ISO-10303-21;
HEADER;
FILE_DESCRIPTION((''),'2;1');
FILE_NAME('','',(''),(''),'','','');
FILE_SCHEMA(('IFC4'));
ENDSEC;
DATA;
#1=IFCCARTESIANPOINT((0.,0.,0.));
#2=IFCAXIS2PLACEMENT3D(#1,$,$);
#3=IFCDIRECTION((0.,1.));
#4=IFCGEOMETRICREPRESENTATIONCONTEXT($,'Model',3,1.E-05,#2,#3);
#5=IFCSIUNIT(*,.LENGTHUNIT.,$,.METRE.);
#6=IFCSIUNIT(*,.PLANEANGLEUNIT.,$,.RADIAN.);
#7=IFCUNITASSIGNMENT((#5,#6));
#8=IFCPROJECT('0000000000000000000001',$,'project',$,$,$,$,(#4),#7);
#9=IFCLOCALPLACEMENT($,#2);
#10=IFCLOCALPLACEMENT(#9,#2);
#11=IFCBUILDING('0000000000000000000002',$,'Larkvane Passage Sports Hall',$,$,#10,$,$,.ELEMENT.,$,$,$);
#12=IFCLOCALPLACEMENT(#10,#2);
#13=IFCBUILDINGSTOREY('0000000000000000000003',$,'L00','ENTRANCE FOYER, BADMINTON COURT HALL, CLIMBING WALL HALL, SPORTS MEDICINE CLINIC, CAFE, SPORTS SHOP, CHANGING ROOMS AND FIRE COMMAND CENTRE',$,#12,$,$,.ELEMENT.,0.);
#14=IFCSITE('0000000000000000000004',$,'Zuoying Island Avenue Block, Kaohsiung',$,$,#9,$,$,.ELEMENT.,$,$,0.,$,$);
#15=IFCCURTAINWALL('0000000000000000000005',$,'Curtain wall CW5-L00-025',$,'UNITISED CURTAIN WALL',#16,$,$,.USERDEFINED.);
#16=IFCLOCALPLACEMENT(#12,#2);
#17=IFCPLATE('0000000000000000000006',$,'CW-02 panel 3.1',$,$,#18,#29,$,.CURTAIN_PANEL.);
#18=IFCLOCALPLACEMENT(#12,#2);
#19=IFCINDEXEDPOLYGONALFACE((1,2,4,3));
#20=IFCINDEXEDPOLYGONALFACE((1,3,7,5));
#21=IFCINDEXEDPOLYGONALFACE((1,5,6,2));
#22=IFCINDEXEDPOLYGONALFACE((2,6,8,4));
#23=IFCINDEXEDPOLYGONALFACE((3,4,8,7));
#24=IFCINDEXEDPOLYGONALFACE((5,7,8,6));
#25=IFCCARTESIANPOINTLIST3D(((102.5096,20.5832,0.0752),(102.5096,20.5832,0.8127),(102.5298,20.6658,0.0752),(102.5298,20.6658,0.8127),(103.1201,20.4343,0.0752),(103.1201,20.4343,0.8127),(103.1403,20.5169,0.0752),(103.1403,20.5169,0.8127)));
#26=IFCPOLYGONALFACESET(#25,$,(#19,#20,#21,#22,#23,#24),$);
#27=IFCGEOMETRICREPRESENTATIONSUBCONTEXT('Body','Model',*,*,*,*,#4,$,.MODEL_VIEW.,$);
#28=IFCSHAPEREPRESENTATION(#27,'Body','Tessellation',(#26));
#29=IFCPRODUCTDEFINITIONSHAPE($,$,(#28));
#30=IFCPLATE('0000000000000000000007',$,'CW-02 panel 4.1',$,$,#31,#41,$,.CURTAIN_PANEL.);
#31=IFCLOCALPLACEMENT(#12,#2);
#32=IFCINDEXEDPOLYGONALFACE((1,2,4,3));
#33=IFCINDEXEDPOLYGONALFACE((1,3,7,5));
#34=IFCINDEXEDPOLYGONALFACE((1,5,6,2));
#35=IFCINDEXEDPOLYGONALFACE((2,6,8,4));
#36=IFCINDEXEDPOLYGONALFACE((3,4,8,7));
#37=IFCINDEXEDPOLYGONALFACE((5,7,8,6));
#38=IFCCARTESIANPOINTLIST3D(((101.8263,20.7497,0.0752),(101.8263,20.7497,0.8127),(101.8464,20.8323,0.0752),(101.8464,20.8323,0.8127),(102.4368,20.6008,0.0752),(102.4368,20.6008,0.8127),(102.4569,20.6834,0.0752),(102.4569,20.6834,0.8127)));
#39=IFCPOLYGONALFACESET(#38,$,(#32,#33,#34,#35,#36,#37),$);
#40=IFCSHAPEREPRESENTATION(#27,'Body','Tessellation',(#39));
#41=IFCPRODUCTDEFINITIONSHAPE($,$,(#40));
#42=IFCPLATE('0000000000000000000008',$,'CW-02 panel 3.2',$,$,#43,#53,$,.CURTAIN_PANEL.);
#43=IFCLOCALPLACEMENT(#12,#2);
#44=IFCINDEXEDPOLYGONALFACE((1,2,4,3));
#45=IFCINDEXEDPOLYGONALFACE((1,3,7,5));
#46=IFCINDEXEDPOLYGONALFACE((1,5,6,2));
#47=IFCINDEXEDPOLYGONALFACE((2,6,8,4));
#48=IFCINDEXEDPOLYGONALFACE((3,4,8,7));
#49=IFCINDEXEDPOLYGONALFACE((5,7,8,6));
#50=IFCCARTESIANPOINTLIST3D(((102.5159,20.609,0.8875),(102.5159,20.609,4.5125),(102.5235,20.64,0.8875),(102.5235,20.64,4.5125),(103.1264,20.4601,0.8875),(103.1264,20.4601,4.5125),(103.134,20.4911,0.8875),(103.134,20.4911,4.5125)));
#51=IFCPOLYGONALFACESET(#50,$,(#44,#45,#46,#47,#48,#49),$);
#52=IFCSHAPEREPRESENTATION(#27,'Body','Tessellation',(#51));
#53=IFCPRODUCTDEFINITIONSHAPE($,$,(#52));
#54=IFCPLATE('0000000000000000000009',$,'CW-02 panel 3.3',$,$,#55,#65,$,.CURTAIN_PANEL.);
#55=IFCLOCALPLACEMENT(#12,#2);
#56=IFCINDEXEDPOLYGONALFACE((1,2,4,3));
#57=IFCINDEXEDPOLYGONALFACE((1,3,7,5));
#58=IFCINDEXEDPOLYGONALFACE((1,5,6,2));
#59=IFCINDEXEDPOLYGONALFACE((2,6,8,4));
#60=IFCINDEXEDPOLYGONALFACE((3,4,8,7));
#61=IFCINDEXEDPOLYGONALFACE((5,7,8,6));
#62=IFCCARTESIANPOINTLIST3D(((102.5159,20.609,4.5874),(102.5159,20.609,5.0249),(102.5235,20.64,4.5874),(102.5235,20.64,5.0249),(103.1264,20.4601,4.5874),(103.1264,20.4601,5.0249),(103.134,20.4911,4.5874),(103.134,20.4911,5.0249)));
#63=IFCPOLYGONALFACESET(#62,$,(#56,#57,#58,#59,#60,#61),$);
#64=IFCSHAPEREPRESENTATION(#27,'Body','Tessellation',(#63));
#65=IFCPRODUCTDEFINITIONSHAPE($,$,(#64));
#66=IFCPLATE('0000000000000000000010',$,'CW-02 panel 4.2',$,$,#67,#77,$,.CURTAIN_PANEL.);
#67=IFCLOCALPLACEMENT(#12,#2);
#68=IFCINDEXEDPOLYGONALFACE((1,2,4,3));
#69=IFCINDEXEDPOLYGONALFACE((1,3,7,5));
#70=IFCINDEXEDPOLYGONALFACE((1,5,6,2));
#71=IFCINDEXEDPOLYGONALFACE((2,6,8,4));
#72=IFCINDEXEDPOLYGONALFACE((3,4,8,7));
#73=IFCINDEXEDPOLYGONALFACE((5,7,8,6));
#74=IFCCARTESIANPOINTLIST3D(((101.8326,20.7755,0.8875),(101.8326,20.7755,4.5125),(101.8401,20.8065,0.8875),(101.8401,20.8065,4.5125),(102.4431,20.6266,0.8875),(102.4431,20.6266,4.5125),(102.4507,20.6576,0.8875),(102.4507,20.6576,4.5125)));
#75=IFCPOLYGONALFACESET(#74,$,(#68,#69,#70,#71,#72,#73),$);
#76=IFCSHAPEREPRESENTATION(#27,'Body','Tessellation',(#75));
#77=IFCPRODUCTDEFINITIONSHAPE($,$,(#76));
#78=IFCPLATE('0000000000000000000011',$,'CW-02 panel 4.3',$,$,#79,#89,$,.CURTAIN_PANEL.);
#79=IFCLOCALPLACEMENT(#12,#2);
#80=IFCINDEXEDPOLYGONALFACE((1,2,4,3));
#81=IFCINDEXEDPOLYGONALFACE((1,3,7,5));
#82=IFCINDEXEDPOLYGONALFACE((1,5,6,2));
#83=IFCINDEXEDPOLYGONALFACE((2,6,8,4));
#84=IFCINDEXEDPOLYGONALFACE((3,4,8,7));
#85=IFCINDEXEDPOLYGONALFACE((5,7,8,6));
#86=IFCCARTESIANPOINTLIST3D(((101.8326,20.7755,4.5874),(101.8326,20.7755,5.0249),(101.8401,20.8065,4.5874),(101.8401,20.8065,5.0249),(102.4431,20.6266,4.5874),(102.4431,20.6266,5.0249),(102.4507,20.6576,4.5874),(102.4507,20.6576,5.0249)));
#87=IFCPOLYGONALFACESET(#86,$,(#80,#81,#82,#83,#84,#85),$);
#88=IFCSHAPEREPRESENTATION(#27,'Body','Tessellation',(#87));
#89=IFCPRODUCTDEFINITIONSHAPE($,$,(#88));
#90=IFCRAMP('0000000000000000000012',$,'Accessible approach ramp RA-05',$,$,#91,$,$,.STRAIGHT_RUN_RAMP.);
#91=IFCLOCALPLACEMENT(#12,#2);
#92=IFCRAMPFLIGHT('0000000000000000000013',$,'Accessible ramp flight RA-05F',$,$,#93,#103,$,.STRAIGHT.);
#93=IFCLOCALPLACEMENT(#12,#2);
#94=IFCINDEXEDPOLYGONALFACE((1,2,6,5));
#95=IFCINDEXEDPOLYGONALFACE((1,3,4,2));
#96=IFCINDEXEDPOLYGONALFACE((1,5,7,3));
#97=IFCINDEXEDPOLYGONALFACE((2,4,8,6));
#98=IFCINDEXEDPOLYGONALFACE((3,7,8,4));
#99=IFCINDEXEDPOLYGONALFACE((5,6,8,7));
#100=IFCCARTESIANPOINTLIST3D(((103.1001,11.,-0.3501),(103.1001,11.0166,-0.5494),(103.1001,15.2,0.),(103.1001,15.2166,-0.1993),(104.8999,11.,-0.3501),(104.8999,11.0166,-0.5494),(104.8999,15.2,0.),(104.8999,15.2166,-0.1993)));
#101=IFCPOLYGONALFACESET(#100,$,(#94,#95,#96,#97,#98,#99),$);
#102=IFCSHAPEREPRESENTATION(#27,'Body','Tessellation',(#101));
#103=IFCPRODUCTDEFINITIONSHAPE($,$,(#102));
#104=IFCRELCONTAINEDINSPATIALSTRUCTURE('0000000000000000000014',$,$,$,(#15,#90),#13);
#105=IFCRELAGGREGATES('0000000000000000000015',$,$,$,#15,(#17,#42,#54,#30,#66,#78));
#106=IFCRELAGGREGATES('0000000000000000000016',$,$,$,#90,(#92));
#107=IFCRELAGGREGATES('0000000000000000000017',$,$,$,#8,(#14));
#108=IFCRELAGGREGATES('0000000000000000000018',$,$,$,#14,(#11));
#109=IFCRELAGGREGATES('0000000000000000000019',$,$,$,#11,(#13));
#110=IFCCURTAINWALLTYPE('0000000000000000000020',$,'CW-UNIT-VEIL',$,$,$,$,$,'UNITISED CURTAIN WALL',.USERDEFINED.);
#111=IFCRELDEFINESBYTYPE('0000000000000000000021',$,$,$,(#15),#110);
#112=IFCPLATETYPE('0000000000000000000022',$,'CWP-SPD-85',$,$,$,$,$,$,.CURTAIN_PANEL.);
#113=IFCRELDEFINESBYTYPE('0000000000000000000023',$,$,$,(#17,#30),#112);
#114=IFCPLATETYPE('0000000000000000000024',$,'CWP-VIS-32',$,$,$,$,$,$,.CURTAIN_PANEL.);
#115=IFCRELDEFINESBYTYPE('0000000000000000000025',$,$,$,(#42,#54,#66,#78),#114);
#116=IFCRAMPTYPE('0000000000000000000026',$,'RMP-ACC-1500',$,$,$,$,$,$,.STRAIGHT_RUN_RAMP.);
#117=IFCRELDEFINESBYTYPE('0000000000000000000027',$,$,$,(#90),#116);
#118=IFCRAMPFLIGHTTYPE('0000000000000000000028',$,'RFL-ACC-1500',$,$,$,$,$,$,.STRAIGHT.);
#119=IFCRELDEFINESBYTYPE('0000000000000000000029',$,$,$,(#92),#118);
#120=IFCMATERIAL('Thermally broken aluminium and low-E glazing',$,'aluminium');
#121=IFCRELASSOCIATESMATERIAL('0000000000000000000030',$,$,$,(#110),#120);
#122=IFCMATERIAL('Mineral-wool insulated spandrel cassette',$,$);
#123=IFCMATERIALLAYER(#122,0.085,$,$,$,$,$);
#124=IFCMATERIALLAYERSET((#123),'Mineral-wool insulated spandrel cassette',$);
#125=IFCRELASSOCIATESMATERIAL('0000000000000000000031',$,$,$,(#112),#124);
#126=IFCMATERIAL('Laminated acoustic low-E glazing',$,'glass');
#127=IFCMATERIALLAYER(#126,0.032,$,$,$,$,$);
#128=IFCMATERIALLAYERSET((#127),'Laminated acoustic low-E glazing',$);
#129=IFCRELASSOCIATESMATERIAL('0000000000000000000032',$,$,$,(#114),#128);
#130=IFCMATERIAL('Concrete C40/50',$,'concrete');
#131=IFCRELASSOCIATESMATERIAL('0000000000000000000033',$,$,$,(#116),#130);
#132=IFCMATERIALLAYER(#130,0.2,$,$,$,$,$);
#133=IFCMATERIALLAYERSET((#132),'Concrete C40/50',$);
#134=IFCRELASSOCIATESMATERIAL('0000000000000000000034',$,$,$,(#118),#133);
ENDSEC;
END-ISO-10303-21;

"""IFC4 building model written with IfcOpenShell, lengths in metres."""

from ifc_helpers import new_model, si_unit, direction, frame, origin, origin_2d, place, context, subcontext, project, spatial, polyline, rectangle, outline, extrude, material, layer, layer_set, type_object, element, aggregate, save


model = new_model("IFC4")

# Units and contexts
model_context = context("Model", 3, precision=1e-05, world=origin(), true_north=direction((0.0, 1.0)))
body_context = subcontext(model_context, "Body", "Model", "MODEL_VIEW")
ifc_project = project(units=[si_unit("LENGTHUNIT", "METRE"), si_unit("PLANEANGLEUNIT", "RADIAN")], contexts=[model_context])

# Site, building, storey
site_placement = place(None, origin())
site = spatial("IfcSite", under=ifc_project, at=site_placement, Name="Zuoying Island Avenue Block, Kaohsiung", CompositionType="ELEMENT", RefElevation=0.0)
building_placement = place(site_placement, origin())
building = spatial("IfcBuilding", under=site, at=building_placement, Name="Larkvane Passage Sports Hall", CompositionType="ELEMENT")
storey_placement = place(building_placement, origin())
storey = spatial("IfcBuildingStorey", under=building, at=storey_placement, Name="L00", Description="ENTRANCE FOYER, BADMINTON COURT HALL, CLIMBING WALL HALL, SPORTS MEDICINE CLINIC, CAFE, SPORTS SHOP, CHANGING ROOMS AND FIRE COMMAND CENTRE", CompositionType="ELEMENT", Elevation=0.0)

# Curtain wall, plates
ifc_material_1 = material(Name="Thermally broken aluminium and low-E glazing", Category="aluminium")
curtain_wall_type = type_object("IfcCurtainWallType", Name="CW-UNIT-VEIL", ElementType="UNITISED CURTAIN WALL", PredefinedType="USERDEFINED", material=ifc_material_1)
curtain_wall_placement = place(storey_placement, origin())
curtain_wall = element("IfcCurtainWall", 1, at=curtain_wall_placement, inside=storey, type_object=curtain_wall_type, Name="Curtain wall CW5-L00-025", ObjectType="UNITISED CURTAIN WALL", PredefinedType="USERDEFINED")
ifc_material_2 = material(Name="Mineral-wool insulated spandrel cassette")
ifc_layer_1 = layer(ifc_material_2, 0.085)
ifc_layer_set_1 = layer_set([ifc_layer_1], Name="Mineral-wool insulated spandrel cassette")
plate_type_1 = type_object("IfcPlateType", Name="CWP-SPD-85", PredefinedType="CURTAIN_PANEL", material=ifc_layer_set_1)
plate_1_placement = place(storey_placement, frame((102.825, 20.55, 0.0752), z_axis=(0.0, 0.0, 1.0), x_axis=(-0.971517, 0.23697, 0.0)))
plate_1 = element("IfcPlate", 2, at=plate_1_placement, type_object=plate_type_1, Name="CW-02 panel 3.1", PredefinedType="CURTAIN_PANEL", context=body_context, shape_type="SweptSolid", body=[
    extrude(rectangle(XDim=0.6284, YDim=0.085, at=origin_2d()), origin(), (0.0, 0.0, 1.0), 0.7375),
])
plate_2_placement = place(storey_placement, frame((102.1416, 20.7166, 0.0752), z_axis=(0.0, 0.0, 1.0), x_axis=(-0.971517, 0.23697, 0.0)))
plate_2 = element("IfcPlate", 3, at=plate_2_placement, type_object=plate_type_1, Name="CW-02 panel 4.1", PredefinedType="CURTAIN_PANEL", context=body_context, shape_type="SweptSolid", body=[
    extrude(rectangle(XDim=0.6284, YDim=0.085, at=origin_2d()), origin(), (0.0, 0.0, 1.0), 0.7375),
])
ifc_material_3 = material(Name="Laminated acoustic low-E glazing", Category="glass")
ifc_layer_2 = layer(ifc_material_3, 0.032)
ifc_layer_set_2 = layer_set([ifc_layer_2], Name="Laminated acoustic low-E glazing")
plate_type_2 = type_object("IfcPlateType", Name="CWP-VIS-32", PredefinedType="CURTAIN_PANEL", material=ifc_layer_set_2)
plate_3_placement = place(storey_placement, frame((102.825, 20.55, 0.8875), z_axis=(0.0, 0.0, 1.0), x_axis=(-0.971517, 0.23697, 0.0)))
plate_3 = element("IfcPlate", 4, at=plate_3_placement, type_object=plate_type_2, Name="CW-02 panel 3.2", PredefinedType="CURTAIN_PANEL", context=body_context, shape_type="SweptSolid", body=[
    extrude(rectangle(XDim=0.6284, YDim=0.032, at=origin_2d()), origin(), (0.0, 0.0, 1.0), 3.625),
])
plate_4_placement = place(storey_placement, frame((102.825, 20.55, 4.5874), z_axis=(0.0, 0.0, 1.0), x_axis=(-0.971517, 0.23697, 0.0)))
plate_4 = element("IfcPlate", 5, at=plate_4_placement, type_object=plate_type_2, Name="CW-02 panel 3.3", PredefinedType="CURTAIN_PANEL", context=body_context, shape_type="SweptSolid", body=[
    extrude(rectangle(XDim=0.6284, YDim=0.032, at=origin_2d()), origin(), (0.0, 0.0, 1.0), 0.4375),
])
plate_5_placement = place(storey_placement, frame((102.1416, 20.7166, 0.8875), z_axis=(0.0, 0.0, 1.0), x_axis=(-0.971517, 0.23697, 0.0)))
plate_5 = element("IfcPlate", 6, at=plate_5_placement, type_object=plate_type_2, Name="CW-02 panel 4.2", PredefinedType="CURTAIN_PANEL", context=body_context, shape_type="SweptSolid", body=[
    extrude(rectangle(XDim=0.6284, YDim=0.032, at=origin_2d()), origin(), (0.0, 0.0, 1.0), 3.625),
])
plate_6_placement = place(storey_placement, frame((102.1416, 20.7166, 4.5874), z_axis=(0.0, 0.0, 1.0), x_axis=(-0.971517, 0.23697, 0.0)))
plate_6 = element("IfcPlate", 7, at=plate_6_placement, type_object=plate_type_2, Name="CW-02 panel 4.3", PredefinedType="CURTAIN_PANEL", context=body_context, shape_type="SweptSolid", body=[
    extrude(rectangle(XDim=0.6284, YDim=0.032, at=origin_2d()), origin(), (0.0, 0.0, 1.0), 0.4375),
])
aggregate(curtain_wall, [plate_1, plate_3, plate_4, plate_2, plate_5, plate_6])

# Ramp, ramp flight
ifc_material_4 = material(Name="Concrete C40/50", Category="concrete")
ramp_type = type_object("IfcRampType", Name="RMP-ACC-1500", PredefinedType="STRAIGHT_RUN_RAMP", material=ifc_material_4)
ramp_placement = place(storey_placement, origin())
ramp = element("IfcRamp", 8, at=ramp_placement, inside=storey, type_object=ramp_type, Name="Accessible approach ramp RA-05", PredefinedType="STRAIGHT_RUN_RAMP")
ifc_layer_3 = layer(ifc_material_4, 0.2)
ifc_layer_set_3 = layer_set([ifc_layer_3], Name="Concrete C40/50")
ramp_flight_type = type_object("IfcRampFlightType", Name="RFL-ACC-1500", PredefinedType="STRAIGHT", material=ifc_layer_set_3)
ramp_flight_placement = place(storey_placement, frame((103.1001, 11.0, -0.3501), z_axis=(0.0, -0.083069, 0.996544), x_axis=(0.0, 0.996544, 0.083069)))
ramp_flight = element("IfcRampFlight", 9, at=ramp_flight_placement, type_object=ramp_flight_type, Name="Accessible ramp flight RA-05F", PredefinedType="STRAIGHT", context=body_context, shape_type="SweptSolid", body=[
    extrude(outline(polyline([(0.0, 0.0), (4.2145, 0.0), (4.2145, -1.7998), (0.0, -1.7998), (0.0, 0.0)])), origin(), (0.0, 0.0, -1.0), 0.2),
])
aggregate(ramp, [ramp_flight])

save(model, "model.ifc")
